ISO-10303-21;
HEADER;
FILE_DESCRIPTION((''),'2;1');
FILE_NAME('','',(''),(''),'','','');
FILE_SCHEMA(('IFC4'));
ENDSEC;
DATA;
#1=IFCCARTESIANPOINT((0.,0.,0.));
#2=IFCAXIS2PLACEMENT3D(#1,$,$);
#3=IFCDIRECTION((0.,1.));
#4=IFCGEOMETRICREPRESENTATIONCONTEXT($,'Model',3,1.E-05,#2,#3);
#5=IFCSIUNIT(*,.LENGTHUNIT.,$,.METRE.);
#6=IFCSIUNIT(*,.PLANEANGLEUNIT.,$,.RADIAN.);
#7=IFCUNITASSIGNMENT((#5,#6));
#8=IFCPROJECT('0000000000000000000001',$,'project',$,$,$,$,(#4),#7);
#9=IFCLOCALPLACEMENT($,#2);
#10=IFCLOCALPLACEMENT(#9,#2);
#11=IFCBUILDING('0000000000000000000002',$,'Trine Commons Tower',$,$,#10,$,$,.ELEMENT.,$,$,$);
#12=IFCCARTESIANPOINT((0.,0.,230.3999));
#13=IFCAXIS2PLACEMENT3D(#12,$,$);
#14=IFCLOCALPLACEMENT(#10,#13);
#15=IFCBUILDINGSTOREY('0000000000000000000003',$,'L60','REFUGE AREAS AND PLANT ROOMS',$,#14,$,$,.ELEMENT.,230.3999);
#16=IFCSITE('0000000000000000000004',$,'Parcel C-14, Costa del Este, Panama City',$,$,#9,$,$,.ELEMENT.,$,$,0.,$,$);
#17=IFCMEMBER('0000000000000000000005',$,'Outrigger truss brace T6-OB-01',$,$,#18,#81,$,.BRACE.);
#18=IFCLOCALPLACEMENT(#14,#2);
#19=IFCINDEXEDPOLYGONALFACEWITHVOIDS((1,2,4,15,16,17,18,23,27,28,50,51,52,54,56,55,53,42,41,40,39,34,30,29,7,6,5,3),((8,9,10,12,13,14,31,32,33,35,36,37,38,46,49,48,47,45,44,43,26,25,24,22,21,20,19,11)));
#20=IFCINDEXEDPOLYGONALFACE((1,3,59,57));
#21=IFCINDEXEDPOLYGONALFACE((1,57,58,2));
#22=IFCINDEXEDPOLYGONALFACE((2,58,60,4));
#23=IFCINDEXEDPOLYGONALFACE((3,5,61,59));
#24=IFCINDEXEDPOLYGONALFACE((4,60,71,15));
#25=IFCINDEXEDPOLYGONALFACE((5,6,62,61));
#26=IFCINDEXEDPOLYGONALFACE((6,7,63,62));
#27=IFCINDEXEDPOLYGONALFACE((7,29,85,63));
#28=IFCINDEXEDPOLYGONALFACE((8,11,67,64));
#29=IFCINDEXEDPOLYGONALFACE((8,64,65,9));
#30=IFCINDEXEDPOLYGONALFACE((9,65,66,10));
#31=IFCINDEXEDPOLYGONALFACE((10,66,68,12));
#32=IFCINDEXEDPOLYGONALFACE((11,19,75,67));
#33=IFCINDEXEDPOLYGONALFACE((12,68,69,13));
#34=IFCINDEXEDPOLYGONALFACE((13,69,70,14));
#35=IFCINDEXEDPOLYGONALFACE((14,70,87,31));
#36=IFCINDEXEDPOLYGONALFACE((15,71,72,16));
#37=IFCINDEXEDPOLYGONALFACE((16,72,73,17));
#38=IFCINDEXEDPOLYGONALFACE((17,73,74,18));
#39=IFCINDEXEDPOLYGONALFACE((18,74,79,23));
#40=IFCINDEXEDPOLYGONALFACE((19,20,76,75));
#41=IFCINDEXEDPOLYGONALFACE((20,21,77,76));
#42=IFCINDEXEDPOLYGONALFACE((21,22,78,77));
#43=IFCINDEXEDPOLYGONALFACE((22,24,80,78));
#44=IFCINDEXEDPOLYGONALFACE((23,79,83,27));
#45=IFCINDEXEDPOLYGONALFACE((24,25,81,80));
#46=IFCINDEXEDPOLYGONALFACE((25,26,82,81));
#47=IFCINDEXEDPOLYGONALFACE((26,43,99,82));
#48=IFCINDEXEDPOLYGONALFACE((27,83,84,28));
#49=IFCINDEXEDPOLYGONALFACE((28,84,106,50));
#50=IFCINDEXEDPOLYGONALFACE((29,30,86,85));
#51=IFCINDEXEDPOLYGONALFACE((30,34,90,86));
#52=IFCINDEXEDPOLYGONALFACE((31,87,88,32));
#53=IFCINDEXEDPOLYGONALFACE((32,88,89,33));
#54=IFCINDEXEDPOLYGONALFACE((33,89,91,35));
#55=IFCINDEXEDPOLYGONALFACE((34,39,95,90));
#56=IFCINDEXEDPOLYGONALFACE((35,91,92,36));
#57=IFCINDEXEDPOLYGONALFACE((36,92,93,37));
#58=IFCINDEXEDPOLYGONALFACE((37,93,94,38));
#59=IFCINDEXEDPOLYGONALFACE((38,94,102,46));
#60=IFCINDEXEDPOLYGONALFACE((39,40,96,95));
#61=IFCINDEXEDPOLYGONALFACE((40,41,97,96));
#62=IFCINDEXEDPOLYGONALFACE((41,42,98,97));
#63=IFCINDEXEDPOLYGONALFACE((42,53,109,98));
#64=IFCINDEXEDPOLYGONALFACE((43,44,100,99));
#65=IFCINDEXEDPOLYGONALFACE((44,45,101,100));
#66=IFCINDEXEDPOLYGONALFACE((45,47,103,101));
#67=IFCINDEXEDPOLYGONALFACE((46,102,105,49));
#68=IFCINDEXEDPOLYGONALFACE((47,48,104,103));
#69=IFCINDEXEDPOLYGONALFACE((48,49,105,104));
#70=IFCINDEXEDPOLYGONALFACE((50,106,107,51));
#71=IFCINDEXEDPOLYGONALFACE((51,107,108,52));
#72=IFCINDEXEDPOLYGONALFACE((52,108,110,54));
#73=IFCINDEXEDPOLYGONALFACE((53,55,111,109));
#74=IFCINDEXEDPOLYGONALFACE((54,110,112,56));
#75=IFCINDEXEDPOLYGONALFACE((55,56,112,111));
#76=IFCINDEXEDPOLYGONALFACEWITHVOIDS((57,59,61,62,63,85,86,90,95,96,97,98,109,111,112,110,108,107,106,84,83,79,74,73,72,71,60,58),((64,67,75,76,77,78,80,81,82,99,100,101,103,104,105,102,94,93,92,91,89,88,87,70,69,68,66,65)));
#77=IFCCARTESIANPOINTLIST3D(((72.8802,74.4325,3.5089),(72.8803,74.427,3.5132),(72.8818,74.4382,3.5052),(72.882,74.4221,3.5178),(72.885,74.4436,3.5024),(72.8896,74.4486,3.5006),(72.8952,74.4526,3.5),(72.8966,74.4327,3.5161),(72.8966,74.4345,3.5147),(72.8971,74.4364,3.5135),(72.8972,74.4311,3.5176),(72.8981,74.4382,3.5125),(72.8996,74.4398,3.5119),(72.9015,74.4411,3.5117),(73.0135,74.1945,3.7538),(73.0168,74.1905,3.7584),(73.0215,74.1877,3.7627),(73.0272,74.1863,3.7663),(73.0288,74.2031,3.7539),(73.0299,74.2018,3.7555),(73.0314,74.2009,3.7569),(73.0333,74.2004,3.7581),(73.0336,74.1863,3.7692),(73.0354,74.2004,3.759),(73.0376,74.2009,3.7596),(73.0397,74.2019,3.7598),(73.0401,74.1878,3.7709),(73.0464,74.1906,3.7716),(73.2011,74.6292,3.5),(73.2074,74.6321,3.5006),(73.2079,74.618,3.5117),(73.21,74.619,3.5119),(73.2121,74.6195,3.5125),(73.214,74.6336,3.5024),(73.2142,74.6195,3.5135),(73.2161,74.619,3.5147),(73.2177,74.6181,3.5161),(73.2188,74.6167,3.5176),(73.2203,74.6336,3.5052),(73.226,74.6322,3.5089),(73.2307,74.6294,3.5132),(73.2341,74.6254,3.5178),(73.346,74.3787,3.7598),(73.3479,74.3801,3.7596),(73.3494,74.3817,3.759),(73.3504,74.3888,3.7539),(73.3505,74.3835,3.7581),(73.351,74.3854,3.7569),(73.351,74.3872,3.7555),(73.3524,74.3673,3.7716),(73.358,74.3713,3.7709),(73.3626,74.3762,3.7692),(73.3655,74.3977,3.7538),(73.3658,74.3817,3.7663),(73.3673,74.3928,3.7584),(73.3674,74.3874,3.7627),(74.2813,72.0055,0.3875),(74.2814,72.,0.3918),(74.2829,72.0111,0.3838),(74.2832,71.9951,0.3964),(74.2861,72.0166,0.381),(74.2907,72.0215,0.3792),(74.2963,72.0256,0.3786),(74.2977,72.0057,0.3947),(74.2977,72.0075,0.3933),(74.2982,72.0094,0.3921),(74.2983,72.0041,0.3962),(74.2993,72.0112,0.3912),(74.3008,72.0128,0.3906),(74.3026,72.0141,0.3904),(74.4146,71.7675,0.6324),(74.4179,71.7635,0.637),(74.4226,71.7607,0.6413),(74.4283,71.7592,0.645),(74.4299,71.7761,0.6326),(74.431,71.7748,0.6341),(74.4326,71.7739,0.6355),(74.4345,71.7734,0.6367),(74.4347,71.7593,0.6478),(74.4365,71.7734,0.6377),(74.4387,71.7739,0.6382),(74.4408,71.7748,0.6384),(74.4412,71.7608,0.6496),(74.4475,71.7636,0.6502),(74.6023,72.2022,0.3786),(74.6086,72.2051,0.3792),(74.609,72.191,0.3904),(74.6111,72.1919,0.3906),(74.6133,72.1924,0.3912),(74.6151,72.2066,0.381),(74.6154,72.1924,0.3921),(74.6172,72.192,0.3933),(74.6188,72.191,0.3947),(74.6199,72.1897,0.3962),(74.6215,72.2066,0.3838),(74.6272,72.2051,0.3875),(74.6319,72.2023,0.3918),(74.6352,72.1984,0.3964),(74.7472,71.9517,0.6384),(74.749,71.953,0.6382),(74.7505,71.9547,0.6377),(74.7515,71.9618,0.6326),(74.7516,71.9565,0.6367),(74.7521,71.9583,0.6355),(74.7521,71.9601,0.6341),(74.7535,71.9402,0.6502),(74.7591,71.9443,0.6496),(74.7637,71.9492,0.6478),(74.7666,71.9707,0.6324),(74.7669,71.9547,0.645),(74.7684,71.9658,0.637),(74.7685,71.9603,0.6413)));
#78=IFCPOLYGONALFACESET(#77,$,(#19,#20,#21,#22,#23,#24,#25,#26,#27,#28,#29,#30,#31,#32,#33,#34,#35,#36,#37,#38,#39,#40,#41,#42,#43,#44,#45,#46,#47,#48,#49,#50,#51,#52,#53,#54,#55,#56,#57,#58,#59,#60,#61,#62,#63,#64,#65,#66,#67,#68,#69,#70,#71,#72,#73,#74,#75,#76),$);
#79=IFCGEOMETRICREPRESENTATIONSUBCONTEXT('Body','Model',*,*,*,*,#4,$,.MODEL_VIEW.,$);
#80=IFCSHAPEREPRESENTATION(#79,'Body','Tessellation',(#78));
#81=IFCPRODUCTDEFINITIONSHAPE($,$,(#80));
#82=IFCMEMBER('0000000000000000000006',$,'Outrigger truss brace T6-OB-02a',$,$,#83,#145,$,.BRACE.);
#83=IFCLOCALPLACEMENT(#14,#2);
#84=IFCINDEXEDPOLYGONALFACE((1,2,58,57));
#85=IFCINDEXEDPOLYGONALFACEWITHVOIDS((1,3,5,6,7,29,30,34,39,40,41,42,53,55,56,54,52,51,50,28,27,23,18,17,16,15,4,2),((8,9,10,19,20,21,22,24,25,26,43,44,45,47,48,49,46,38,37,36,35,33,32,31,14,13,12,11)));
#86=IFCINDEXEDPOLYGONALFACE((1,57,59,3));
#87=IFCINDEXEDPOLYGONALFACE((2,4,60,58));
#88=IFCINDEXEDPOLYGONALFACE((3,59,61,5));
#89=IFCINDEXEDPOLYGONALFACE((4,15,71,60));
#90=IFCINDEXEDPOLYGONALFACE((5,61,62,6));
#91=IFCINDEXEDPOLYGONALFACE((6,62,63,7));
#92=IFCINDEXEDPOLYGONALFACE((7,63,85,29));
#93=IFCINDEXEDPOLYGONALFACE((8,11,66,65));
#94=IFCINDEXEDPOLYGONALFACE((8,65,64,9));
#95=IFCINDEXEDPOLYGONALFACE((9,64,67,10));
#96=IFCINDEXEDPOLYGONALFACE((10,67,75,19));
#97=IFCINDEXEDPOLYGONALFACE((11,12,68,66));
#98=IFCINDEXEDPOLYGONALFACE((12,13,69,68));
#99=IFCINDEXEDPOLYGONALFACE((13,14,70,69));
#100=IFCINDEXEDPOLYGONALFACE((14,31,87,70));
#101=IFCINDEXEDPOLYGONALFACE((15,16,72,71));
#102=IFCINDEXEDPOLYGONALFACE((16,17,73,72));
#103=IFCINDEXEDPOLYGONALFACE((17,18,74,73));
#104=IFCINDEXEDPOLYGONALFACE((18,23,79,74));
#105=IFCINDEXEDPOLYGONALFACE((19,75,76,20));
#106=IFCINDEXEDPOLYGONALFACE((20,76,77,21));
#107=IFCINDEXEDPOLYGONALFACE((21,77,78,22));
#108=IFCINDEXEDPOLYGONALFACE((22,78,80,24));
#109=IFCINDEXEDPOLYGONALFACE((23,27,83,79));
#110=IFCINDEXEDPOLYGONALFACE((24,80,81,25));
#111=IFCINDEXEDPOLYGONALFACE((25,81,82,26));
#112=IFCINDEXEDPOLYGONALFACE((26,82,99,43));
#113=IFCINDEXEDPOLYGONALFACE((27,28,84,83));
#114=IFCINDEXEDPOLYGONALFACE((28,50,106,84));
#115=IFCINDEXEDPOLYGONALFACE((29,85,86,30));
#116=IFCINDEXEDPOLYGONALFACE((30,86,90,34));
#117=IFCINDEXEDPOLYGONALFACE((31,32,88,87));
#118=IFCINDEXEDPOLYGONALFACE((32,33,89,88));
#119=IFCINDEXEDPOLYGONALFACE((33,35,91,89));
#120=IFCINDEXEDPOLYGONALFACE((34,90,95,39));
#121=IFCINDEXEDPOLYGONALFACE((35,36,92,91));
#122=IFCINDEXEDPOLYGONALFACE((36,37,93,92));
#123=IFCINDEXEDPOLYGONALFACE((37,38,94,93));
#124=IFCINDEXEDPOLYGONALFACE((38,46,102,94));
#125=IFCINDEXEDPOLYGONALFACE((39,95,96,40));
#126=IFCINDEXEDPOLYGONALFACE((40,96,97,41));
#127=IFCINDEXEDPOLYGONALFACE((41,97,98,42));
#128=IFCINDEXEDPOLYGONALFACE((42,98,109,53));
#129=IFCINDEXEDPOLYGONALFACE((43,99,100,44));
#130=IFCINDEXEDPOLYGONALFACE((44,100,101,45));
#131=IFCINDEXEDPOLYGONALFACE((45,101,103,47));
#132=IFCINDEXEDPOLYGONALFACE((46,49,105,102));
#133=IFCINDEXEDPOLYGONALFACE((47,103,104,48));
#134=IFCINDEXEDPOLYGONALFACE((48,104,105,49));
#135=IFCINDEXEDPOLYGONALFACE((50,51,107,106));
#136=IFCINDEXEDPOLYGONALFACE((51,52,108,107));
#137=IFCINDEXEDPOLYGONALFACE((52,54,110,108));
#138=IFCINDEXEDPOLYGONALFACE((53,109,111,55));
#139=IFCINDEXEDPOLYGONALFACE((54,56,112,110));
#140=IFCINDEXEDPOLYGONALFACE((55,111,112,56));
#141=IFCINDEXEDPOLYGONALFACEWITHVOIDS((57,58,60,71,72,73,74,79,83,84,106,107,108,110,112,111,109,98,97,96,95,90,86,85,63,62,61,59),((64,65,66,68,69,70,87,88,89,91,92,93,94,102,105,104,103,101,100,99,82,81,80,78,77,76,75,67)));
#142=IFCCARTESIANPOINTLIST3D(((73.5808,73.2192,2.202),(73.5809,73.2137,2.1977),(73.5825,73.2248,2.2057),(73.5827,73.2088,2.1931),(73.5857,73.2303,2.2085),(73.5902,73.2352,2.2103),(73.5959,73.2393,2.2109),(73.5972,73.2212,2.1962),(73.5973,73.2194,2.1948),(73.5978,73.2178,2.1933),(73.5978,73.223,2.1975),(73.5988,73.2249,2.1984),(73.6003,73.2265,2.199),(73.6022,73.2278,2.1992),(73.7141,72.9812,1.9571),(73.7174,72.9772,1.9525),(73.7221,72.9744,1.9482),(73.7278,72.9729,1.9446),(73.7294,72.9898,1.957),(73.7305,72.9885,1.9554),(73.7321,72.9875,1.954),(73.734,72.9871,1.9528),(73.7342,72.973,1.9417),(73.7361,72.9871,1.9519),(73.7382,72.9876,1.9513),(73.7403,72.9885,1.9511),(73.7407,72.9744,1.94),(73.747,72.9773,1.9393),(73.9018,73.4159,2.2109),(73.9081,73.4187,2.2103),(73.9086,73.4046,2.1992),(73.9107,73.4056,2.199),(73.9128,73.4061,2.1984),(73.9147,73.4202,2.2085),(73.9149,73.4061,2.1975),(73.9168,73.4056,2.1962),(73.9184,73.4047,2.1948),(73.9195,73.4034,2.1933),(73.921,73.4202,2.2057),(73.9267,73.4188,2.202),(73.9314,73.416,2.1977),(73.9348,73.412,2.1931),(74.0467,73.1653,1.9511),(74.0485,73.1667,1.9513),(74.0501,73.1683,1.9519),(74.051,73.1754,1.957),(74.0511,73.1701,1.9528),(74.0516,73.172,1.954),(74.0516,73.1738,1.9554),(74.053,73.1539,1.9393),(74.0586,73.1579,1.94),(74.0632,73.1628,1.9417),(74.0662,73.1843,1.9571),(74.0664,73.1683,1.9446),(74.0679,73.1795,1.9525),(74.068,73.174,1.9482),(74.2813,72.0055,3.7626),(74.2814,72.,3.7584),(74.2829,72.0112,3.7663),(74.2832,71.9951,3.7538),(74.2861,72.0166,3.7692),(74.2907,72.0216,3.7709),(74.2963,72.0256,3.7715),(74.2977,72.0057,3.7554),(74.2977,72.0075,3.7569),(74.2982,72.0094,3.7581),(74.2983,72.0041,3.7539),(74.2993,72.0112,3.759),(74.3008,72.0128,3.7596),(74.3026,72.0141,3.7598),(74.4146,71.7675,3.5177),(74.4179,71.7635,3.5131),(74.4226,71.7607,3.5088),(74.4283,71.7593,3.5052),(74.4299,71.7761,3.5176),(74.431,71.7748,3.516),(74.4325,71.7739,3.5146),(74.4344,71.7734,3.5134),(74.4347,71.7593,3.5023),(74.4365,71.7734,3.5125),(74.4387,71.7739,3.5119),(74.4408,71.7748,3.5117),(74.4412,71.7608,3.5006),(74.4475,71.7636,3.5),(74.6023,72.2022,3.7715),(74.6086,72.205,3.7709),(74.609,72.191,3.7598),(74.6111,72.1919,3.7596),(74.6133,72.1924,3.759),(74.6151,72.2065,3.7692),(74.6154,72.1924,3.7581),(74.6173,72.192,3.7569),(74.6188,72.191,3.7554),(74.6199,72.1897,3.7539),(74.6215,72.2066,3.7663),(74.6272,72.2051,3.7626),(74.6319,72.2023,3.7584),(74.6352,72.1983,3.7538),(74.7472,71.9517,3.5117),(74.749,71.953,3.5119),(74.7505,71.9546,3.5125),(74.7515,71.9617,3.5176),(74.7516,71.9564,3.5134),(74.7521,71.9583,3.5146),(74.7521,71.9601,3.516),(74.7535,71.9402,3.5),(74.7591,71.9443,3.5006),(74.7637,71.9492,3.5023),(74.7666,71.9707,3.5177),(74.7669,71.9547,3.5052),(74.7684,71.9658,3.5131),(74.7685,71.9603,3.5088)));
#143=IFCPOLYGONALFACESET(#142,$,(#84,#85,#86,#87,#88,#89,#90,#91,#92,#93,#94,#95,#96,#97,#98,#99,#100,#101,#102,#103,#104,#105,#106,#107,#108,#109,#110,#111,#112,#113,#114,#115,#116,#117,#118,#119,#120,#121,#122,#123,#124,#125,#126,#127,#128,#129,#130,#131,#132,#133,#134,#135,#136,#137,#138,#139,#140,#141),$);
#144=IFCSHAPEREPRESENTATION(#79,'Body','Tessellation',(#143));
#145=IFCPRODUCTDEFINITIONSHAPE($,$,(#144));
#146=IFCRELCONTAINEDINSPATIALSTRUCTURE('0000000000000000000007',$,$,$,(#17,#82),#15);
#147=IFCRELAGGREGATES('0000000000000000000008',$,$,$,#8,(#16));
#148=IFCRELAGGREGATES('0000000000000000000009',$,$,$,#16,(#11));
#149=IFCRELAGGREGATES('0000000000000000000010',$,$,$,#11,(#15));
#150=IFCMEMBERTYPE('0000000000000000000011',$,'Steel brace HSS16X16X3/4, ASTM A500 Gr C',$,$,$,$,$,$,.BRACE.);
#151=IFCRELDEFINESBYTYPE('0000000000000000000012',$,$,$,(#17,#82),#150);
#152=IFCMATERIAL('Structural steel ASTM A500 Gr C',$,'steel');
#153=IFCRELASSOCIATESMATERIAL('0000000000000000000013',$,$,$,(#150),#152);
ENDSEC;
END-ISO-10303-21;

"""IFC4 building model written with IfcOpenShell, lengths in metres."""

from ifc_helpers import new_model, si_unit, direction, frame, origin, origin_2d, place, context, subcontext, project, spatial, hollow_rectangle, extrude, material, material_profile, profile_set, type_object, element, save


model = new_model("IFC4")

# Units and contexts
model_context = context("Model", 3, precision=1e-05, world=origin(), true_north=direction((0.0, 1.0)))
body_context = subcontext(model_context, "Body", "Model", "MODEL_VIEW")
ifc_project = project(units=[si_unit("LENGTHUNIT", "METRE"), si_unit("PLANEANGLEUNIT", "RADIAN")], contexts=[model_context])

# Site, building, storey
site_placement = place(None, origin())
site = spatial("IfcSite", under=ifc_project, at=site_placement, Name="Parcel C-14, Costa del Este, Panama City", CompositionType="ELEMENT", RefElevation=0.0)
building_placement = place(site_placement, origin())
building = spatial("IfcBuilding", under=site, at=building_placement, Name="Trine Commons Tower", CompositionType="ELEMENT")
storey_placement = place(building_placement, frame((0.0, 0.0, 230.3999)))
storey = spatial("IfcBuildingStorey", under=building, at=storey_placement, Name="L60", Description="REFUGE AREAS AND PLANT ROOMS", CompositionType="ELEMENT", Elevation=230.3999)

# Members
ifc_material_1 = material(Name="Structural steel ASTM A500 Gr C", Category="steel")
ifc_material_profile_1 = material_profile(ifc_material_1, hollow_rectangle(XDim=0.4065, YDim=0.4065, WallThickness=0.0176, InnerFilletRadius=0.0088, OuterFilletRadius=0.0266, at=origin_2d()), Name="HSS16X16X3/4")
ifc_profile_set_1 = profile_set([ifc_material_profile_1], Name="Structural steel ASTM A500 Gr C")
member_type_1 = type_object("IfcMemberType", Name="Steel brace HSS16X16X3/4, ASTM A500 Gr C", PredefinedType="BRACE", material=ifc_profile_set_1)
member_1_placement = place(storey_placement, frame((74.5249, 71.9829, 0.5144), z_axis=(-0.334015, 0.578576, 0.744099), x_axis=(-0.866042, -0.499971, 0.0)))
element("IfcMember", 1, at=member_1_placement, inside=storey, type_object=member_type_1, Name="Outrigger truss brace T6-OB-01", PredefinedType="BRACE", context=body_context, shape_type="SweptSolid", body=[
    extrude(hollow_rectangle(XDim=0.4065, YDim=0.4065, WallThickness=0.0176, InnerFilletRadius=0.0088, OuterFilletRadius=0.0266, at=origin_2d()), origin(), (0.0, 0.0, 1.0), 4.1948),
])
for number, where, z_axis, x_axis, name in (
    (2, (74.5249, 71.9829, 3.6357), (-0.333967, 0.578651, -0.744063), (-0.866101, -0.499868, 0.0), "Outrigger truss brace T6-OB-02a"),
):
    element("IfcMember", number, at=place(storey_placement, frame(where, z_axis=z_axis, x_axis=x_axis)), inside=storey, type_object=member_type_1, Name=name, PredefinedType="BRACE", context=body_context, shape_type="SweptSolid", body=[
        extrude(hollow_rectangle(XDim=0.4065, YDim=0.4065, WallThickness=0.0176, InnerFilletRadius=0.0088, OuterFilletRadius=0.0266, at=origin_2d()), origin(), (0.0, 0.0, 1.0), 2.0974),
    ])

save(model, "model.ifc")
